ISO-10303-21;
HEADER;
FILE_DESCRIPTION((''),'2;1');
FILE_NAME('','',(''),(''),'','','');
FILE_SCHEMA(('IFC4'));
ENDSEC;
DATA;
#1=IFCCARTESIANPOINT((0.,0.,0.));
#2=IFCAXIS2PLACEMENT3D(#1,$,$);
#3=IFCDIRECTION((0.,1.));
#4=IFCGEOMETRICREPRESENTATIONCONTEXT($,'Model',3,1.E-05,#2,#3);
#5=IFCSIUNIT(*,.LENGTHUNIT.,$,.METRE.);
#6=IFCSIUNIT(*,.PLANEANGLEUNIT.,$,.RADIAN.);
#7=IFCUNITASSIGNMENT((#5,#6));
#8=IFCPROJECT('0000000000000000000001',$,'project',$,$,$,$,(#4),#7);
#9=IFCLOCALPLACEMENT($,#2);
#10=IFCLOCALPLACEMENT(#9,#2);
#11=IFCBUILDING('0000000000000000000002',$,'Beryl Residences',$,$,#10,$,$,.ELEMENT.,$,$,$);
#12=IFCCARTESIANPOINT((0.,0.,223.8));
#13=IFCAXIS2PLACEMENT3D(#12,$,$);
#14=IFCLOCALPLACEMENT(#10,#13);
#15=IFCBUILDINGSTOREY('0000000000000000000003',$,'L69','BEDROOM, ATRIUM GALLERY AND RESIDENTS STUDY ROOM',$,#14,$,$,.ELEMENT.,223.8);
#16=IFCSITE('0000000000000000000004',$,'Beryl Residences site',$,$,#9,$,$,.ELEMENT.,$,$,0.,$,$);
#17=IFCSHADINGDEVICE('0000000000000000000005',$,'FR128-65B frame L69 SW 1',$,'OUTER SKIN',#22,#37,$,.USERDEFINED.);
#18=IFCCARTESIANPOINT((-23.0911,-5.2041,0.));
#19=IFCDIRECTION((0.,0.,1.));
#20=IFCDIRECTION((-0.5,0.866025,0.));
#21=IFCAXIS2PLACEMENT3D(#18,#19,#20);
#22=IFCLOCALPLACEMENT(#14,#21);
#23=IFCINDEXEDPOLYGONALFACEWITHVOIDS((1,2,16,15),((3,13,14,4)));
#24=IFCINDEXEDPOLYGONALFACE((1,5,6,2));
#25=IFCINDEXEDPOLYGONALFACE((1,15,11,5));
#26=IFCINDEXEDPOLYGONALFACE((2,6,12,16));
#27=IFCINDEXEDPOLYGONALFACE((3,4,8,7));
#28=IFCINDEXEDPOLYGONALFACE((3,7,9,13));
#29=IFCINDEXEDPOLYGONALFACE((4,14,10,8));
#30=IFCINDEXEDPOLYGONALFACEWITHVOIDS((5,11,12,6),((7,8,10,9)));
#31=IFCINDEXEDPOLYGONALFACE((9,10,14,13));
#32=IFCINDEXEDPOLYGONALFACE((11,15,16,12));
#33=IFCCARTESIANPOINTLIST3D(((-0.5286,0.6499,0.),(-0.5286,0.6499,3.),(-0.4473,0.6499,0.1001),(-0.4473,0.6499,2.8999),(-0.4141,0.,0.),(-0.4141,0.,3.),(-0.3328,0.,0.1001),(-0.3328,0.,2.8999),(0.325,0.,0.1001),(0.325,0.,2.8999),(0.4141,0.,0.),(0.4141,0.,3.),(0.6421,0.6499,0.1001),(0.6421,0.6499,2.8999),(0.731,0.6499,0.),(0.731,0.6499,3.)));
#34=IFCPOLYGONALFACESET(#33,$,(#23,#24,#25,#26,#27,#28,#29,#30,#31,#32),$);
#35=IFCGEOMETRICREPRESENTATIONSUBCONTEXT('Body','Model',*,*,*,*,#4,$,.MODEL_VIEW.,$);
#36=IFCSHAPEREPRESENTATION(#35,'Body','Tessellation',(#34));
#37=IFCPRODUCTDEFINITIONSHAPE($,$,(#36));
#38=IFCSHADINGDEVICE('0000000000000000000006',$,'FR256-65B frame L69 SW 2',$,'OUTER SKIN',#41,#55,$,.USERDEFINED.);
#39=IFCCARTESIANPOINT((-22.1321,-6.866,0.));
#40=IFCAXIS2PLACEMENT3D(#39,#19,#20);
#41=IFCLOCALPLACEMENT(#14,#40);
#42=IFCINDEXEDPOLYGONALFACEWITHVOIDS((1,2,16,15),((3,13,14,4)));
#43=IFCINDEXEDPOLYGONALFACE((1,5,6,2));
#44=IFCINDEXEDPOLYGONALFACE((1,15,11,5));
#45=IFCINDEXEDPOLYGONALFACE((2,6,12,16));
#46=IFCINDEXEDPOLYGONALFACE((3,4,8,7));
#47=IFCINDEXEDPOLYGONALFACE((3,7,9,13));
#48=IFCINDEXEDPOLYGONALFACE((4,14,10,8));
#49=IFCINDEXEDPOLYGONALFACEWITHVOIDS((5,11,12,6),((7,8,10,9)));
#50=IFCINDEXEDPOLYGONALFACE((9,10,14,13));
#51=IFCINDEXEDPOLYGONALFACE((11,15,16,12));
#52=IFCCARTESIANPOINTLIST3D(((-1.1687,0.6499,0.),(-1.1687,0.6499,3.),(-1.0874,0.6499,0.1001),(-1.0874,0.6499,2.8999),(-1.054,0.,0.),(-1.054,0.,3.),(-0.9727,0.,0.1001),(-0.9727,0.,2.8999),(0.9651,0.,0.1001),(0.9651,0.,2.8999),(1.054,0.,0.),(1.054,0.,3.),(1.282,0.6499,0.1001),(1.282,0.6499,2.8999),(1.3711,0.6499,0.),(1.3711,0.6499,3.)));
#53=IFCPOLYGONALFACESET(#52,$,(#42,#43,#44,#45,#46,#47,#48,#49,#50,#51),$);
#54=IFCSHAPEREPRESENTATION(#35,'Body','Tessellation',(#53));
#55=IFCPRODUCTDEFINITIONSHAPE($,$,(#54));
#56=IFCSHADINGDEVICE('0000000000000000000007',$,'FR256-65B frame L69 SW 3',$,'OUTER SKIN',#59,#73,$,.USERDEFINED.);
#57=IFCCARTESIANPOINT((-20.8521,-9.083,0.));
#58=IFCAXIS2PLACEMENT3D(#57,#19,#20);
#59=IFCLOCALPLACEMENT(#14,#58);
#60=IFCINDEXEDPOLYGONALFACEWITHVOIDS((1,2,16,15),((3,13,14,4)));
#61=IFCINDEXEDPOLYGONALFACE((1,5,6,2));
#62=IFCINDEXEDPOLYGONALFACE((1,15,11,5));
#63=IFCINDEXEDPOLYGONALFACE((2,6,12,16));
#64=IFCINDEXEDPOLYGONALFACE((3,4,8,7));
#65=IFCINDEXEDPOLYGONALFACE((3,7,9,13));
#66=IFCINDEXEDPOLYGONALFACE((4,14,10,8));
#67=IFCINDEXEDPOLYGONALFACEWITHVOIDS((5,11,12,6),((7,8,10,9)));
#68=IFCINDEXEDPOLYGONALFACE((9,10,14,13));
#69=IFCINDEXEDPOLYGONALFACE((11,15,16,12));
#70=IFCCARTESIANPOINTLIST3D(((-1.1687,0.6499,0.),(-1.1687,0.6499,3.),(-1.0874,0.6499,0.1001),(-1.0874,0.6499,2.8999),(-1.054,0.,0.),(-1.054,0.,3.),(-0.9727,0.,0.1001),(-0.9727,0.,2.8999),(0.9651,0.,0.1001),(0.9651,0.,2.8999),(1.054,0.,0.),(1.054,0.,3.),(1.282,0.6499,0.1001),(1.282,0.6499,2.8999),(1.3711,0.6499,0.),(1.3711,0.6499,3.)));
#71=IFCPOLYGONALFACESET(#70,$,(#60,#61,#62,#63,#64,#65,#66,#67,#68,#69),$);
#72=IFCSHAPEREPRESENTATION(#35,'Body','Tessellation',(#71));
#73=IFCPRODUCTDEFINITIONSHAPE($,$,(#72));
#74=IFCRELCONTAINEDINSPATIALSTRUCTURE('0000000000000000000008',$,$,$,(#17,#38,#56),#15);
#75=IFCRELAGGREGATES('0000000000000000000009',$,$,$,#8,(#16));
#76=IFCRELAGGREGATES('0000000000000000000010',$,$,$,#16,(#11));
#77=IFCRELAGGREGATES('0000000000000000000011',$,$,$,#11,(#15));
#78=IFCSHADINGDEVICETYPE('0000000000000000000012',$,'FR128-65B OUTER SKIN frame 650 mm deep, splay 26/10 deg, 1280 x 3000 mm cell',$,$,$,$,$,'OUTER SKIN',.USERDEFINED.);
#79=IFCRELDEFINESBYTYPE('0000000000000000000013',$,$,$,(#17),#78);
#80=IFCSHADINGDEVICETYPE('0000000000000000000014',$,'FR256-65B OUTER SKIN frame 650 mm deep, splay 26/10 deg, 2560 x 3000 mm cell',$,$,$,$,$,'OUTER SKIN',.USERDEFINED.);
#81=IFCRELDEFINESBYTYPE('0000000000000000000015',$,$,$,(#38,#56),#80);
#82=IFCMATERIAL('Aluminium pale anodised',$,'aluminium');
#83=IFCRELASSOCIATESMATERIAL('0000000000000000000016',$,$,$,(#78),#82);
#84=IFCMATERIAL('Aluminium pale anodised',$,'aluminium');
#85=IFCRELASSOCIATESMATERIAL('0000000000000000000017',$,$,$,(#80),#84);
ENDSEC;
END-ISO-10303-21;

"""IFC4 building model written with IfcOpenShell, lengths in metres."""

from ifc_helpers import new_model, entity, si_unit, direction, frame, origin, place, context, subcontext, project, spatial, source, transform, mapped, material, type_object, type_shapes, element, save


model = new_model("IFC4")

# Units and contexts
model_context = context("Model", 3, precision=1e-05, world=origin(), true_north=direction((0.0, 1.0)))
body_context = subcontext(model_context, "Body", "Model", "MODEL_VIEW")
ifc_project = project(units=[si_unit("LENGTHUNIT", "METRE"), si_unit("PLANEANGLEUNIT", "RADIAN")], contexts=[model_context])

# Site, building, storey
site_placement = place(None, origin())
site = spatial("IfcSite", under=ifc_project, at=site_placement, Name="Beryl Residences site", CompositionType="ELEMENT", RefElevation=0.0)
building_placement = place(site_placement, origin())
building = spatial("IfcBuilding", under=site, at=building_placement, Name="Beryl Residences", CompositionType="ELEMENT")
storey_placement = place(building_placement, frame((0.0, 0.0, 223.8)))
storey = spatial("IfcBuildingStorey", under=building, at=storey_placement, Name="L69", Description="BEDROOM, ATRIUM GALLERY AND RESIDENTS STUDY ROOM", CompositionType="ELEMENT", Elevation=223.8)

# Shading devices
ifc_material_1 = material(Name="Aluminium pale anodised", Category="aluminium")
shading_device_type_1 = type_object("IfcShadingDeviceType", Name="FR128-65B OUTER SKIN frame 650 mm deep, splay 26/10 deg, 1280 x 3000 mm cell", ElementType="OUTER SKIN", PredefinedType="USERDEFINED", material=ifc_material_1)
cartesian_point_1 = entity("IfcCartesianPoint", [-0.4141, 0.0])
cartesian_point_2 = entity("IfcCartesianPoint", [-0.325, 0.1001])
cartesian_point_3 = entity("IfcCartesianPoint", [-0.731, 0.0])
cartesian_point_4 = entity("IfcCartesianPoint", [-0.6421, 0.1001])
shared_shape_1 = source(origin(), body_context, "Body", "SweptSolid", [
    entity("IfcExtrudedAreaSolidTapered", entity("IfcArbitraryProfileDefWithVoids", "AREA", None, entity("IfcPolyline", [cartesian_point_1, entity("IfcCartesianPoint", [0.4141, 0.0]), entity("IfcCartesianPoint", [0.4141, 3.0]), entity("IfcCartesianPoint", [-0.4141, 3.0]), cartesian_point_1]), [entity("IfcPolyline", [cartesian_point_2, entity("IfcCartesianPoint", [0.3328, 0.1001]), entity("IfcCartesianPoint", [0.3328, 2.8999]), entity("IfcCartesianPoint", [-0.325, 2.8999]), cartesian_point_2])]), entity("IfcAxis2Placement3D", entity("IfcCartesianPoint", [0.0, 0.0, 0.0]), entity("IfcDirection", [0.0, 1.0, 0.0]), entity("IfcDirection", [-1.0, 0.0, 0.0])), entity("IfcDirection", [0.0, 0.0, 1.0]), 0.6499, entity("IfcArbitraryProfileDefWithVoids", "AREA", None, entity("IfcPolyline", [cartesian_point_3, entity("IfcCartesianPoint", [0.5286, 0.0]), entity("IfcCartesianPoint", [0.5286, 3.0]), entity("IfcCartesianPoint", [-0.731, 3.0]), cartesian_point_3]), [entity("IfcPolyline", [cartesian_point_4, entity("IfcCartesianPoint", [0.4473, 0.1001]), entity("IfcCartesianPoint", [0.4473, 2.8999]), entity("IfcCartesianPoint", [-0.6421, 2.8999]), cartesian_point_4])])),
])
type_shapes(shading_device_type_1, [shared_shape_1])
shading_device_placement = place(storey_placement, frame((-23.0911, -5.2041, 0.0), z_axis=(0.0, 0.0, 1.0), x_axis=(-0.5, 0.866025, 0.0)))
element("IfcShadingDevice", 1, at=shading_device_placement, inside=storey, type_object=shading_device_type_1, Name="FR128-65B frame L69 SW 1", ObjectType="OUTER SKIN", PredefinedType="USERDEFINED", context=body_context, shape_type="MappedRepresentation", body=[
    mapped(shared_shape_1, transform((0.0, 0.0, 0.0))),
])
ifc_material_2 = material(Name="Aluminium pale anodised", Category="aluminium")
shading_device_type_2 = type_object("IfcShadingDeviceType", Name="FR256-65B OUTER SKIN frame 650 mm deep, splay 26/10 deg, 2560 x 3000 mm cell", ElementType="OUTER SKIN", PredefinedType="USERDEFINED", material=ifc_material_2)
cartesian_point_5 = entity("IfcCartesianPoint", [-1.054, 0.0])
cartesian_point_6 = entity("IfcCartesianPoint", [-0.9651, 0.1001])
cartesian_point_7 = entity("IfcCartesianPoint", [-1.3711, 0.0])
cartesian_point_8 = entity("IfcCartesianPoint", [-1.282, 0.1001])
shared_shape_2 = source(origin(), body_context, "Body", "SweptSolid", [
    entity("IfcExtrudedAreaSolidTapered", entity("IfcArbitraryProfileDefWithVoids", "AREA", None, entity("IfcPolyline", [cartesian_point_5, entity("IfcCartesianPoint", [1.054, 0.0]), entity("IfcCartesianPoint", [1.054, 3.0]), entity("IfcCartesianPoint", [-1.054, 3.0]), cartesian_point_5]), [entity("IfcPolyline", [cartesian_point_6, entity("IfcCartesianPoint", [0.9727, 0.1001]), entity("IfcCartesianPoint", [0.9727, 2.8999]), entity("IfcCartesianPoint", [-0.9651, 2.8999]), cartesian_point_6])]), entity("IfcAxis2Placement3D", entity("IfcCartesianPoint", [0.0, 0.0, 0.0]), entity("IfcDirection", [0.0, 1.0, 0.0]), entity("IfcDirection", [-1.0, 0.0, 0.0])), entity("IfcDirection", [0.0, 0.0, 1.0]), 0.6499, entity("IfcArbitraryProfileDefWithVoids", "AREA", None, entity("IfcPolyline", [cartesian_point_7, entity("IfcCartesianPoint", [1.1687, 0.0]), entity("IfcCartesianPoint", [1.1687, 3.0]), entity("IfcCartesianPoint", [-1.3711, 3.0]), cartesian_point_7]), [entity("IfcPolyline", [cartesian_point_8, entity("IfcCartesianPoint", [1.0874, 0.1001]), entity("IfcCartesianPoint", [1.0874, 2.8999]), entity("IfcCartesianPoint", [-1.282, 2.8999]), cartesian_point_8])])),
])
type_shapes(shading_device_type_2, [shared_shape_2])
for number, where, z_axis, x_axis, name in (
    (2, (-22.1321, -6.866, 0.0), (0.0, 0.0, 1.0), (-0.5, 0.866025, 0.0), "FR256-65B frame L69 SW 2"),
    (3, (-20.8521, -9.083, 0.0), (0.0, 0.0, 1.0), (-0.5, 0.866025, 0.0), "FR256-65B frame L69 SW 3"),
):
    element("IfcShadingDevice", number, at=place(storey_placement, frame(where, z_axis=z_axis, x_axis=x_axis)), inside=storey, type_object=shading_device_type_2, Name=name, ObjectType="OUTER SKIN", PredefinedType="USERDEFINED", context=body_context, shape_type="MappedRepresentation", body=[
        mapped(shared_shape_2, transform((0.0, 0.0, 0.0))),
    ])

save(model, "model.ifc")
